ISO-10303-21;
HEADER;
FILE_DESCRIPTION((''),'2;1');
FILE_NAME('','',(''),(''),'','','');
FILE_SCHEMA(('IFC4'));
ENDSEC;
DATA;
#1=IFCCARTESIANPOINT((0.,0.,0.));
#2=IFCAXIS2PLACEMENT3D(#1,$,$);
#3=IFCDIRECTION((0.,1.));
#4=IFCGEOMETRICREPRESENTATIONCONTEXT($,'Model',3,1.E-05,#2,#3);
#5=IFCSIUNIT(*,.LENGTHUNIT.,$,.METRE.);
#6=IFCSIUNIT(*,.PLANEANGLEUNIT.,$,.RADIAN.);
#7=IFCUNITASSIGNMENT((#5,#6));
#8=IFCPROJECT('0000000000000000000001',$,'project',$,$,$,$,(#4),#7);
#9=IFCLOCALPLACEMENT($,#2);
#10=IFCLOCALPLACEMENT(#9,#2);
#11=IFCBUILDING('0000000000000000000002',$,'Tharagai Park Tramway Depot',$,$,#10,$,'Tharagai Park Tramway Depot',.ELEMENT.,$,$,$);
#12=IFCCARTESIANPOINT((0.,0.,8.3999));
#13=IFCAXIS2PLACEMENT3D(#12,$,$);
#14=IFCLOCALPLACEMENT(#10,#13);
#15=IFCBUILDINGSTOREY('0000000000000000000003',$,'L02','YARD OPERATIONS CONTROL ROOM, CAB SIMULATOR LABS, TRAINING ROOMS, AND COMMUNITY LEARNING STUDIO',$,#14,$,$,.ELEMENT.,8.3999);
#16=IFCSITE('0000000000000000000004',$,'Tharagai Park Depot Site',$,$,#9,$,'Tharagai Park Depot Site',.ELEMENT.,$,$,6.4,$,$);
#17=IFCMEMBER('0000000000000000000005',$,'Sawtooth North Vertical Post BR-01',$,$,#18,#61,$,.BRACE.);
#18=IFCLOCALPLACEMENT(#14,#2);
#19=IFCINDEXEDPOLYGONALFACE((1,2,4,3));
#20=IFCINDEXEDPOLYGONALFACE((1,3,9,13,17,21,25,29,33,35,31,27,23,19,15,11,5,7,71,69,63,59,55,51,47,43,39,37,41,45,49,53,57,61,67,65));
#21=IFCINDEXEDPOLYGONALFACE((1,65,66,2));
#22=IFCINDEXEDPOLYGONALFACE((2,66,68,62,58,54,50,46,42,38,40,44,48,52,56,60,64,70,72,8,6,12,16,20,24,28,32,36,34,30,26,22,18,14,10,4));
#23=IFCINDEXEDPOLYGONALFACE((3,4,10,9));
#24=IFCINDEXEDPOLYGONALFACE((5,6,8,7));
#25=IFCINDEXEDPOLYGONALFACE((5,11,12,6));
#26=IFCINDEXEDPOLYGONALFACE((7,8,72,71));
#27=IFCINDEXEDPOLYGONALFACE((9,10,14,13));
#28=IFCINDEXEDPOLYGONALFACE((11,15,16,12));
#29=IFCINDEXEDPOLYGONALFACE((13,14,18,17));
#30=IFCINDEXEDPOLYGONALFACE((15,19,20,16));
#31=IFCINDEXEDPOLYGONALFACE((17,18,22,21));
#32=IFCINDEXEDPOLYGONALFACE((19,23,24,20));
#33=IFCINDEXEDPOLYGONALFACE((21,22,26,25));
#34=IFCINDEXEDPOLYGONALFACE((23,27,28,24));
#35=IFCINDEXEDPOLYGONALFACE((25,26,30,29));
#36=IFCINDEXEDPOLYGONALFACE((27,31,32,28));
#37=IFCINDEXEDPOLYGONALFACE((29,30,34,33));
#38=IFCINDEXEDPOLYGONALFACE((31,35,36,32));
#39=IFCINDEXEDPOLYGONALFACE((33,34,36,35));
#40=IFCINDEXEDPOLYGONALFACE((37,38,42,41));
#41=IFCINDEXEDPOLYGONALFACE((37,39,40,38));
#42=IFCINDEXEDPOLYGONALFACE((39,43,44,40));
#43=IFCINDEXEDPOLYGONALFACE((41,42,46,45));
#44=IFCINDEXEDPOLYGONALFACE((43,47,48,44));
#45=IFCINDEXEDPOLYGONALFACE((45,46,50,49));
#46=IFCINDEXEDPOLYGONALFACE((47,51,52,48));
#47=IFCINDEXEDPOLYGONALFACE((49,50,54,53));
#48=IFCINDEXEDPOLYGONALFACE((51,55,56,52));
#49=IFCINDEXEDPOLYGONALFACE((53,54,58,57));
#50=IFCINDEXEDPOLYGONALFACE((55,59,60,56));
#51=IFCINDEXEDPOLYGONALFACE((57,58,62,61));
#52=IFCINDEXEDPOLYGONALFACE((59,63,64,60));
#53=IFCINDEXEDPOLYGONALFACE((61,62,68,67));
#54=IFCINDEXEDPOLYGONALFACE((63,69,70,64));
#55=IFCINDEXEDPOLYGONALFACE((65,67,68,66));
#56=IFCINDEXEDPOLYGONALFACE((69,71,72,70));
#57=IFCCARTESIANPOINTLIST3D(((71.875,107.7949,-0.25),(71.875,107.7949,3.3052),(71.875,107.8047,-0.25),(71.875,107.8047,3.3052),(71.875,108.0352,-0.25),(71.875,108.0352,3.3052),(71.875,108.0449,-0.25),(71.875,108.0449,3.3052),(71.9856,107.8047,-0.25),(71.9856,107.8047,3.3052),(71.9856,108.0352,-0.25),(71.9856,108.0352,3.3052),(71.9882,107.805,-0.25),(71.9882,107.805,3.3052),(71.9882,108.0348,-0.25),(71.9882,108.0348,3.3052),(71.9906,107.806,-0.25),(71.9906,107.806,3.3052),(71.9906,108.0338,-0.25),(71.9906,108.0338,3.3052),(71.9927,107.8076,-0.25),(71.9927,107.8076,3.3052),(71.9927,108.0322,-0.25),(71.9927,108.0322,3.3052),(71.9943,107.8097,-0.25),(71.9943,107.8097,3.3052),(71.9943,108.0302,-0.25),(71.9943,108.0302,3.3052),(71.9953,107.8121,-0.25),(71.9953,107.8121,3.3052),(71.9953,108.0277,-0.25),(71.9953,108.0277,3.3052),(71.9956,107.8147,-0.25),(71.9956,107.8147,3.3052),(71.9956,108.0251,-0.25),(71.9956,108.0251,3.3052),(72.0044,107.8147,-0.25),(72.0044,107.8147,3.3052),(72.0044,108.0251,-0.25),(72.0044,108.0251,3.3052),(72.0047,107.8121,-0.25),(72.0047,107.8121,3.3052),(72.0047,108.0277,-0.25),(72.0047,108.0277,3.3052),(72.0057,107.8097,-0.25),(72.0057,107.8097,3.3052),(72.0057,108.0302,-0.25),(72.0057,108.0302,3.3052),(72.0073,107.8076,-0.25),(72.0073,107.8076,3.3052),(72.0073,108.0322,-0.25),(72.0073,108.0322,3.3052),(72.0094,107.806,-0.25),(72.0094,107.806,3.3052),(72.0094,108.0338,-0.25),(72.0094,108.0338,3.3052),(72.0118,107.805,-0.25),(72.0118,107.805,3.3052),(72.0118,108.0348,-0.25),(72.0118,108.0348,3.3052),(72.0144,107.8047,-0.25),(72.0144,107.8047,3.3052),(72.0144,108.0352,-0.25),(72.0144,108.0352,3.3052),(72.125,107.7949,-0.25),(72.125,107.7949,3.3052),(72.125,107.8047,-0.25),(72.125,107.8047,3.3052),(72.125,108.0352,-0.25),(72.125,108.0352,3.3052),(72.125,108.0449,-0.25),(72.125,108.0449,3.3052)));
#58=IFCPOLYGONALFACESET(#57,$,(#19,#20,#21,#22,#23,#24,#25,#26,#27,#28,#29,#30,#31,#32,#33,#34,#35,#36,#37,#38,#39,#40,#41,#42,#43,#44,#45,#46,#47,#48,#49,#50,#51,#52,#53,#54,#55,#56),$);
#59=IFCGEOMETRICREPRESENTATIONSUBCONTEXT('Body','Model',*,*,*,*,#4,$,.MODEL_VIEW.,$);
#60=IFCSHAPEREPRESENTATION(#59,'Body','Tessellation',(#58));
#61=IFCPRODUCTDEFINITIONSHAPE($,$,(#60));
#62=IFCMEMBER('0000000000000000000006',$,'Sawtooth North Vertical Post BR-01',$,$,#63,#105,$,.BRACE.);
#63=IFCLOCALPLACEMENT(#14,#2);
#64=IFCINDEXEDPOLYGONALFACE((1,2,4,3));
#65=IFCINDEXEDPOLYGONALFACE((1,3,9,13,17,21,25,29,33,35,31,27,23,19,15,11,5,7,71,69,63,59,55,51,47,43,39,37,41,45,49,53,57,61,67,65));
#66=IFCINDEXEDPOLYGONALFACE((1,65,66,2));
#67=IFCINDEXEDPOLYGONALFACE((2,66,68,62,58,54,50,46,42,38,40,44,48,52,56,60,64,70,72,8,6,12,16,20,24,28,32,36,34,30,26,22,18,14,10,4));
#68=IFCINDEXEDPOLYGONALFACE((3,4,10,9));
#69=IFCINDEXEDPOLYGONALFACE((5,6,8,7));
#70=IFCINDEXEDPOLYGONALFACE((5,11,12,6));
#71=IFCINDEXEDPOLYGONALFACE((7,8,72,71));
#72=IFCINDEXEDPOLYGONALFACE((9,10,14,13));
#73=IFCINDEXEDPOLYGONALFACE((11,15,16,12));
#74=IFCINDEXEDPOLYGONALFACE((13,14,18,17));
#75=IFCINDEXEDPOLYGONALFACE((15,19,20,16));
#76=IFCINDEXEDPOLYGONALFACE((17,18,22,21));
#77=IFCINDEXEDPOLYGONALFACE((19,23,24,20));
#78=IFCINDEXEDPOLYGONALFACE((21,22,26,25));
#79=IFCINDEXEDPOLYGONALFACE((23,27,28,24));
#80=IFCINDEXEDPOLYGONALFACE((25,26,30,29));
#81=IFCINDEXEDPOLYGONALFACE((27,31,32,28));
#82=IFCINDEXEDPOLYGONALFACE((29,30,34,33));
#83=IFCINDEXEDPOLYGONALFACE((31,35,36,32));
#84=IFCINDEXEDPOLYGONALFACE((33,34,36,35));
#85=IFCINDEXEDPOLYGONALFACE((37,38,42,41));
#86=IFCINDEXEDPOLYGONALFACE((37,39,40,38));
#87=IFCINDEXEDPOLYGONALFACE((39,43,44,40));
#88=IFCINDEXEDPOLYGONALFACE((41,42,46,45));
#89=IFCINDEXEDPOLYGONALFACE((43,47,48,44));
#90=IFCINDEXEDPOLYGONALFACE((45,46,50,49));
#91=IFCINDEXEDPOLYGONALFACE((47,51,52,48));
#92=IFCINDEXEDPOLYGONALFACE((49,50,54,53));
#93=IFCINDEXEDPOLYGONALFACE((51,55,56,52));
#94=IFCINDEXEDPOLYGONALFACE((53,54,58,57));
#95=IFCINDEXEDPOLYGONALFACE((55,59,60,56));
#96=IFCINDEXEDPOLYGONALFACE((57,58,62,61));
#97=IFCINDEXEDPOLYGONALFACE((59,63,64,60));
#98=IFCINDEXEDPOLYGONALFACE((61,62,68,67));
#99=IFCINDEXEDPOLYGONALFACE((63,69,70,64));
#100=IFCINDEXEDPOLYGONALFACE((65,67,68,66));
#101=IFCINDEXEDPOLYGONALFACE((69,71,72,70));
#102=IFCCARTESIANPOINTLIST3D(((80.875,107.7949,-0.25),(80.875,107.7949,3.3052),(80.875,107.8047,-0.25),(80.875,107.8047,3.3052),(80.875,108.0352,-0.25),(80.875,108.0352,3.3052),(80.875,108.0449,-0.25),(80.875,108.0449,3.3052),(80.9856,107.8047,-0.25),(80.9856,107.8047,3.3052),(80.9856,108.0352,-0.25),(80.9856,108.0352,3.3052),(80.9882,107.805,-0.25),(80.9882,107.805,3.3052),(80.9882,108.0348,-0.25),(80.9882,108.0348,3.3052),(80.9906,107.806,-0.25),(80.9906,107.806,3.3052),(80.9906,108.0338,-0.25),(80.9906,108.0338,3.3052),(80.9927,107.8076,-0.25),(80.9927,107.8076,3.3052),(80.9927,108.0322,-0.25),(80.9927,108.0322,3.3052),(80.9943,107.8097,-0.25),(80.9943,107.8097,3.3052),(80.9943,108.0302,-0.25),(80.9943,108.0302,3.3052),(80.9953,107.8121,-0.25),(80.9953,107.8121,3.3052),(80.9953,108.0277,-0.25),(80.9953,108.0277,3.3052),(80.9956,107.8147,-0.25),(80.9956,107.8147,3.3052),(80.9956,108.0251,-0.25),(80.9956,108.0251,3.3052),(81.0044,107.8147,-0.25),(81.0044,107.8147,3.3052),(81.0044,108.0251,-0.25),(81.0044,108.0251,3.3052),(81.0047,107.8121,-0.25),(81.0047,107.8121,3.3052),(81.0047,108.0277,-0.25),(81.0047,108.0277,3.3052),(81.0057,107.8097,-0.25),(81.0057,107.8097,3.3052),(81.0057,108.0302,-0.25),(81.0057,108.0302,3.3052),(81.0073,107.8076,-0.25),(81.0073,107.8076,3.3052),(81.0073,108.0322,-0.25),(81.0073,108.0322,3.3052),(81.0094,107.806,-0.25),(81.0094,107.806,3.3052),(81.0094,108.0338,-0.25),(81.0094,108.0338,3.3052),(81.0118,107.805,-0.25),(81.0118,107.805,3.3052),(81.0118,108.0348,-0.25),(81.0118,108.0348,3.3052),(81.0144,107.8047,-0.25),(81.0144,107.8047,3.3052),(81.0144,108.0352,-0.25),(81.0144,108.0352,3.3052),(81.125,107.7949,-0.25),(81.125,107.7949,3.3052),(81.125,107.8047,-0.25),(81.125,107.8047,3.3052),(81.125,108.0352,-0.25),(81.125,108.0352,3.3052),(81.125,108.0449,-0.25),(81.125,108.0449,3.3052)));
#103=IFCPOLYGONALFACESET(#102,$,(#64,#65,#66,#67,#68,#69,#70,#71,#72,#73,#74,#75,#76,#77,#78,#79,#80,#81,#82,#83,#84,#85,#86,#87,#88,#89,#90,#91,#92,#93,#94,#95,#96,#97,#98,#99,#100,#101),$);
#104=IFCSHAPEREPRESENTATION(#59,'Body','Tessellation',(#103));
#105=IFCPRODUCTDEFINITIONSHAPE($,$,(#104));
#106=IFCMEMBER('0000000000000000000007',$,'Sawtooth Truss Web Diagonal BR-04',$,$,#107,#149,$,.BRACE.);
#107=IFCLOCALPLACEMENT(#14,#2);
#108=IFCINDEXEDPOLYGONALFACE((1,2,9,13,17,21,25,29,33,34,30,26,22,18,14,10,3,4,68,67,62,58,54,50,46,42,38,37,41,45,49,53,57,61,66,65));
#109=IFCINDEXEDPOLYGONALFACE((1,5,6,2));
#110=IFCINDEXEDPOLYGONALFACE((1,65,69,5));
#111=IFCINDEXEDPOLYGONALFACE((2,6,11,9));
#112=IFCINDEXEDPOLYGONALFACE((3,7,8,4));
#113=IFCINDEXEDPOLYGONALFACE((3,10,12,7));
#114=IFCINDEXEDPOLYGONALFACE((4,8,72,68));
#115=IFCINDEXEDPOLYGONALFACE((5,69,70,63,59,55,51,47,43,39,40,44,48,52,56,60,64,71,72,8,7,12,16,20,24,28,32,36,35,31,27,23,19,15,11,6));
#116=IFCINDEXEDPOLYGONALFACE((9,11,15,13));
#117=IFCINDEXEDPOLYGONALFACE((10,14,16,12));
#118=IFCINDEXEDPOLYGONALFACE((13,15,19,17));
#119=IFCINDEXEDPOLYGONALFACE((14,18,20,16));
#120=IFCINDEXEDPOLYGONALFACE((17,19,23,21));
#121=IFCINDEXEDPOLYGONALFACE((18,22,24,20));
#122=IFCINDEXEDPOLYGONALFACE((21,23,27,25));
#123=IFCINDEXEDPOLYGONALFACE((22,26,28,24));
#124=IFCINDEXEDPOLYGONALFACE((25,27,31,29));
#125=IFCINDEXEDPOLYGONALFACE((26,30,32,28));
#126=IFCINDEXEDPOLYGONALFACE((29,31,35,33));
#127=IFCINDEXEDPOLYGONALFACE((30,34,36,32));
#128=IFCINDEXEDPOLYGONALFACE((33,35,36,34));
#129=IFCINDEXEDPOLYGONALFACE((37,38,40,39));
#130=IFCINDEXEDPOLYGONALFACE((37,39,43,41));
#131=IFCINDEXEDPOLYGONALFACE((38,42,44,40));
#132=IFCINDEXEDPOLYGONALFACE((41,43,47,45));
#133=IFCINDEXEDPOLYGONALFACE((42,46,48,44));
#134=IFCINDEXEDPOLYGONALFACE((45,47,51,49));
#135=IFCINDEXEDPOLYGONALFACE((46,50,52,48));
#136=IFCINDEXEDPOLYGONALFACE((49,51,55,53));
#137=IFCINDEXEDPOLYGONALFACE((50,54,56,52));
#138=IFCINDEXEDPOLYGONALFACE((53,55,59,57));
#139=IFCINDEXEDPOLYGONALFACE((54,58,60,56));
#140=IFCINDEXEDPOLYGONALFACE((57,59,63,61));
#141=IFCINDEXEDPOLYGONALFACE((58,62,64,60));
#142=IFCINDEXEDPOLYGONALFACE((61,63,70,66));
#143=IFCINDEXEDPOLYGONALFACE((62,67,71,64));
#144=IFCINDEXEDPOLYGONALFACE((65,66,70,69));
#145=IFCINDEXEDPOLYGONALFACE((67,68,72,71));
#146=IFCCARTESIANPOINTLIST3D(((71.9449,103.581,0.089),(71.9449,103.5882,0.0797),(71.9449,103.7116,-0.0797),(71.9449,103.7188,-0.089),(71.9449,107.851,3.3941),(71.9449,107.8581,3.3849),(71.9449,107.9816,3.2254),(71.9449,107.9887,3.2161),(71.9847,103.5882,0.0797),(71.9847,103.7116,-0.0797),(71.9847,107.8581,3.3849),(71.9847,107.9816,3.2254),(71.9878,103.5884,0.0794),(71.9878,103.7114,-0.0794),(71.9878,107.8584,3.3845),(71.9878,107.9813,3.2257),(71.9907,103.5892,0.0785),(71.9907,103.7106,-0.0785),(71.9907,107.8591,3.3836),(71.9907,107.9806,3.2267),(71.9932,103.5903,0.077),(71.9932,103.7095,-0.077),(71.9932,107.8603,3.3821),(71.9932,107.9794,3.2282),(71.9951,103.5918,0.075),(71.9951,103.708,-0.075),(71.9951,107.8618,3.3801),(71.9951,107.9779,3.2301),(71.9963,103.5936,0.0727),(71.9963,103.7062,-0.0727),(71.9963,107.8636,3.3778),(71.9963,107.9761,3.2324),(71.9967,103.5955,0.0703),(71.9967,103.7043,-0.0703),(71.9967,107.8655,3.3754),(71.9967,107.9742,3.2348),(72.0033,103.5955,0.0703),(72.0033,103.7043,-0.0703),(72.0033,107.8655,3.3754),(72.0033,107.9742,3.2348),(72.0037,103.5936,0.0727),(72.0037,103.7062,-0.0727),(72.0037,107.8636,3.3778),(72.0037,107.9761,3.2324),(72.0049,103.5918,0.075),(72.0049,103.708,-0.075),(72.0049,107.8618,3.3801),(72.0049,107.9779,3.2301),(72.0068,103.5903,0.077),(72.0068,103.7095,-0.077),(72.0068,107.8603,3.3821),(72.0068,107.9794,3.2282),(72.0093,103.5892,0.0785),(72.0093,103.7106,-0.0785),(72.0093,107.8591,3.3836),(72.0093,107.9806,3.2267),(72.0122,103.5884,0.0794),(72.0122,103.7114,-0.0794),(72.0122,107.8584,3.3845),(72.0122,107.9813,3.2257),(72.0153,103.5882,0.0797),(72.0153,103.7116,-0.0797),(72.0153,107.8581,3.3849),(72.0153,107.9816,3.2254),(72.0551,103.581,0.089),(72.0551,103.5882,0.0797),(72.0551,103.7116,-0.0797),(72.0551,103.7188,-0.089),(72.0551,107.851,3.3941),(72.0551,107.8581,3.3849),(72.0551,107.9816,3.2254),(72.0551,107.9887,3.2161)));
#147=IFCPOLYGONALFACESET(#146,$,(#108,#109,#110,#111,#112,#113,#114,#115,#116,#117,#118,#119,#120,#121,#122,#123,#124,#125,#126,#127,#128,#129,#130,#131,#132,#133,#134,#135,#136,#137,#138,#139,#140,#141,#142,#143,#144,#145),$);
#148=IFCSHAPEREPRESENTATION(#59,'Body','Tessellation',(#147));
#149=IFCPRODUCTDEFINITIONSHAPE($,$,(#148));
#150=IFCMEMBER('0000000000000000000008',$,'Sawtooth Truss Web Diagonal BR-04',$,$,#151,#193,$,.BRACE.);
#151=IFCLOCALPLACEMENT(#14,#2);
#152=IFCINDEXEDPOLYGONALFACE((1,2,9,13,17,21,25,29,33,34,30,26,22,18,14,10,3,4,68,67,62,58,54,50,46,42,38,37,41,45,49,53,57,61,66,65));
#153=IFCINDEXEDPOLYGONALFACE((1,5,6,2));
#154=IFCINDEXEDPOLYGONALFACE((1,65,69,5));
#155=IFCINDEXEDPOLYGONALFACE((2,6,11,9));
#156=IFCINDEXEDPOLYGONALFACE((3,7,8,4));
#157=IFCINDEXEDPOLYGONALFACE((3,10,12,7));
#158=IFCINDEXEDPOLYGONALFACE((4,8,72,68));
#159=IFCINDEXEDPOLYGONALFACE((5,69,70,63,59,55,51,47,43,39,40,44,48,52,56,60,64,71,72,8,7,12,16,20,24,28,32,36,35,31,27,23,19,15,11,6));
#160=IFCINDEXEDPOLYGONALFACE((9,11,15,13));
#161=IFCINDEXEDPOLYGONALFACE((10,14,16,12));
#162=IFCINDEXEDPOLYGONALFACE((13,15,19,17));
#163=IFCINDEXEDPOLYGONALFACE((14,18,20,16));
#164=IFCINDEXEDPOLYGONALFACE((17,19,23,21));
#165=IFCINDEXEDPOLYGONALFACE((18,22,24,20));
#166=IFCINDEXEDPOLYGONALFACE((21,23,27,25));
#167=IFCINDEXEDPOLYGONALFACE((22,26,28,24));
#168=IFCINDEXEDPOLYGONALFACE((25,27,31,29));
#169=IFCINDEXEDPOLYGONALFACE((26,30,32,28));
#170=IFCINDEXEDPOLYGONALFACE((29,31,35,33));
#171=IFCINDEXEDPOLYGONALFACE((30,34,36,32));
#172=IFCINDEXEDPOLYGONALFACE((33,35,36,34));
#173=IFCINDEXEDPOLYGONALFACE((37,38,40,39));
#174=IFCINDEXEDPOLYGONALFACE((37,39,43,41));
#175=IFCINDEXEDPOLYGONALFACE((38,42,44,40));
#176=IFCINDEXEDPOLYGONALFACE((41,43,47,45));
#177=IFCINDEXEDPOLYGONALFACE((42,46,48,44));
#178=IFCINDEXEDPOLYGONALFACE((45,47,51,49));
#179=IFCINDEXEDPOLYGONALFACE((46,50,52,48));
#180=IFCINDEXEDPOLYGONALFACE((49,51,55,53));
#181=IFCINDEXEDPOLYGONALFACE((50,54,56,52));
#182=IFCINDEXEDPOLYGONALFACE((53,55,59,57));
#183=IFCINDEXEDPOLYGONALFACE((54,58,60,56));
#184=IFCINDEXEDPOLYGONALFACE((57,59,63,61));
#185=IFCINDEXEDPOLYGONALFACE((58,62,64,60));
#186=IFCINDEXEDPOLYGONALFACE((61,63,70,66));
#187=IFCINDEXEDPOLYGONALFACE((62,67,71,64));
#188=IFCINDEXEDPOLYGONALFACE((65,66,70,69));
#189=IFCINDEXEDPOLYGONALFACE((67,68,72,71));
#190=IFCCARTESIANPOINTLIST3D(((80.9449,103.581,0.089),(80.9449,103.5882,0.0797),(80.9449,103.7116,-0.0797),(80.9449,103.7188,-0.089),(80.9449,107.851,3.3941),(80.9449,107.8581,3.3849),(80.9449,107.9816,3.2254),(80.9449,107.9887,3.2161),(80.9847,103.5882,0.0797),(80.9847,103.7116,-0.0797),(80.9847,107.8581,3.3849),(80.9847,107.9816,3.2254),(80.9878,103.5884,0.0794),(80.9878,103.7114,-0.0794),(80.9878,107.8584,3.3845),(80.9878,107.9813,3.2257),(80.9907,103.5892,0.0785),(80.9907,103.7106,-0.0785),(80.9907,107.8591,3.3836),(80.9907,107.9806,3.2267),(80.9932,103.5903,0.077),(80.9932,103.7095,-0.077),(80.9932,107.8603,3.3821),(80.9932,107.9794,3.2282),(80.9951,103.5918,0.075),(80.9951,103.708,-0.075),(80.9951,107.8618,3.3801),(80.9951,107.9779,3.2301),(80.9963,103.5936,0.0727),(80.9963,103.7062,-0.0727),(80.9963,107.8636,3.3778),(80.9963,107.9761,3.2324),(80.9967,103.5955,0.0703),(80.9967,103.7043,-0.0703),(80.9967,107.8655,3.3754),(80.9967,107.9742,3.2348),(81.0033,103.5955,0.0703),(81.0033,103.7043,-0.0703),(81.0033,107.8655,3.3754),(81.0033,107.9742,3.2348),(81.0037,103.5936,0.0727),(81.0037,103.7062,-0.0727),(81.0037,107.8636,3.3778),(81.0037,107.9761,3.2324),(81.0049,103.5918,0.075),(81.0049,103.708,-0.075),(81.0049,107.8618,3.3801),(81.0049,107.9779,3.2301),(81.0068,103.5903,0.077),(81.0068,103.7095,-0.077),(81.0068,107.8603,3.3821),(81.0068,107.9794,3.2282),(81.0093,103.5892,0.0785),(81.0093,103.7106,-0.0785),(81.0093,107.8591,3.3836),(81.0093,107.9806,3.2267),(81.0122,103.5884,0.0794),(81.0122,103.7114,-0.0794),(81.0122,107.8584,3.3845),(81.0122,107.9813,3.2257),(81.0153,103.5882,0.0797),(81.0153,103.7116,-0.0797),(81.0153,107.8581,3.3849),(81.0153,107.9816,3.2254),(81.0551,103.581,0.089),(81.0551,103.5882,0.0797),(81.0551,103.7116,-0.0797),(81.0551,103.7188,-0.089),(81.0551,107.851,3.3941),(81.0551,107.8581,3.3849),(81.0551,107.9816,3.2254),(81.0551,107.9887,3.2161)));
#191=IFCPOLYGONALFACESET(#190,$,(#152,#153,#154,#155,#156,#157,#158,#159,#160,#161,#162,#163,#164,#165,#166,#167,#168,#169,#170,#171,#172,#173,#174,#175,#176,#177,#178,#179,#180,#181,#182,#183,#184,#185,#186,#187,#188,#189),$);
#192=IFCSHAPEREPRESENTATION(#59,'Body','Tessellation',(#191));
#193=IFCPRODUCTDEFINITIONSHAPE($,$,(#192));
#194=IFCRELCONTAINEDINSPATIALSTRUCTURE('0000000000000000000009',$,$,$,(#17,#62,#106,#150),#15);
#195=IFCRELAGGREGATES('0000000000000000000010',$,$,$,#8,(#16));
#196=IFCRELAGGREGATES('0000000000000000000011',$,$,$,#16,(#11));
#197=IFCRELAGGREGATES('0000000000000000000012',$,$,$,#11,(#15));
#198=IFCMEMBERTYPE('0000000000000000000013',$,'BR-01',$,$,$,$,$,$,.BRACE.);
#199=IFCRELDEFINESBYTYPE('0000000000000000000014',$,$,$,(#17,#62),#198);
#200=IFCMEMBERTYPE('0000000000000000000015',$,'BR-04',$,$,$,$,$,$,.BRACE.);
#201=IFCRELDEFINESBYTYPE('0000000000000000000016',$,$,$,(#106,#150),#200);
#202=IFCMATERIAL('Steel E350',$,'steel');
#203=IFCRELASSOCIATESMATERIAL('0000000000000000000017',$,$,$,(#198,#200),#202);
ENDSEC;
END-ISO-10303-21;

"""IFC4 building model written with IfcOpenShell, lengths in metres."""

from ifc_helpers import new_model, si_unit, direction, frame, origin, origin_2d, place, context, subcontext, project, spatial, i_section, extrude, material, material_profile, profile_set, type_object, element, save


model = new_model("IFC4")

# Units and contexts
model_context = context("Model", 3, precision=1e-05, world=origin(), true_north=direction((0.0, 1.0)))
body_context = subcontext(model_context, "Body", "Model", "MODEL_VIEW")
ifc_project = project(units=[si_unit("LENGTHUNIT", "METRE"), si_unit("PLANEANGLEUNIT", "RADIAN")], contexts=[model_context])

# Site, building, storey
site_placement = place(None, origin())
site = spatial("IfcSite", under=ifc_project, at=site_placement, Name="Tharagai Park Depot Site", LongName="Tharagai Park Depot Site", CompositionType="ELEMENT", RefElevation=6.4)
building_placement = place(site_placement, origin())
building = spatial("IfcBuilding", under=site, at=building_placement, Name="Tharagai Park Tramway Depot", LongName="Tharagai Park Tramway Depot", CompositionType="ELEMENT")
storey_placement = place(building_placement, frame((0.0, 0.0, 8.3999)))
storey = spatial("IfcBuildingStorey", under=building, at=storey_placement, Name="L02", Description="YARD OPERATIONS CONTROL ROOM, CAB SIMULATOR LABS, TRAINING ROOMS, AND COMMUNITY LEARNING STUDIO", CompositionType="ELEMENT", Elevation=8.3999)

# Members
ifc_material_1 = material(Name="Steel E350", Category="steel")
ifc_material_profile_1 = material_profile(ifc_material_1, i_section(OverallWidth=0.25, OverallDepth=0.25, WebThickness=0.0088, FlangeThickness=0.0098, FilletRadius=0.01, at=origin_2d()), Name="ISHB 250")
ifc_profile_set_1 = profile_set([ifc_material_profile_1], Name="Steel E350")
member_type_1 = type_object("IfcMemberType", Name="BR-01", PredefinedType="BRACE", material=ifc_profile_set_1)
for number, where, z_axis, x_axis, name in (
    (1, (72.0, 107.9199, -0.25), (0.0, 0.0, 1.0), (1.0, 0.0, 0.0), "Sawtooth North Vertical Post BR-01"),
    (2, (81.0, 107.9199, -0.25), (0.0, 0.0, 1.0), (1.0, 0.0, 0.0), "Sawtooth North Vertical Post BR-01"),
):
    element("IfcMember", number, at=place(storey_placement, frame(where, z_axis=z_axis, x_axis=x_axis)), inside=storey, type_object=member_type_1, Name=name, PredefinedType="BRACE", context=body_context, shape_type="SweptSolid", body=[
        extrude(i_section(OverallWidth=0.25, OverallDepth=0.25, WebThickness=0.0088, FlangeThickness=0.0098, FilletRadius=0.01, at=origin_2d()), origin(), (0.0, 0.0, 1.0), 3.5552),
    ])
ifc_material_profile_2 = material_profile(ifc_material_1, i_section(OverallWidth=0.1101, OverallDepth=0.2251, WebThickness=0.0066, FlangeThickness=0.0117, FilletRadius=0.012, at=origin_2d()), Name="ISMB 225")
ifc_profile_set_2 = profile_set([ifc_material_profile_2], Name="Steel E350")
member_type_2 = type_object("IfcMemberType", Name="BR-04", PredefinedType="BRACE", material=ifc_profile_set_2)
for number, where, z_axis, x_axis, name in (
    (3, (72.0, 103.6499, 0.0), (0.0, 0.790782, 0.612098), (-1.0, 0.0, 0.0), "Sawtooth Truss Web Diagonal BR-04"),
    (4, (81.0, 103.6499, 0.0), (0.0, 0.790782, 0.612098), (-1.0, 0.0, 0.0), "Sawtooth Truss Web Diagonal BR-04"),
):
    element("IfcMember", number, at=place(storey_placement, frame(where, z_axis=z_axis, x_axis=x_axis)), inside=storey, type_object=member_type_2, Name=name, PredefinedType="BRACE", context=body_context, shape_type="SweptSolid", body=[
        extrude(i_section(OverallWidth=0.1101, OverallDepth=0.2251, WebThickness=0.0066, FlangeThickness=0.0117, FilletRadius=0.012, at=origin_2d()), origin(), (0.0, 0.0, 1.0), 5.3997),
    ])

save(model, "model.ifc")
